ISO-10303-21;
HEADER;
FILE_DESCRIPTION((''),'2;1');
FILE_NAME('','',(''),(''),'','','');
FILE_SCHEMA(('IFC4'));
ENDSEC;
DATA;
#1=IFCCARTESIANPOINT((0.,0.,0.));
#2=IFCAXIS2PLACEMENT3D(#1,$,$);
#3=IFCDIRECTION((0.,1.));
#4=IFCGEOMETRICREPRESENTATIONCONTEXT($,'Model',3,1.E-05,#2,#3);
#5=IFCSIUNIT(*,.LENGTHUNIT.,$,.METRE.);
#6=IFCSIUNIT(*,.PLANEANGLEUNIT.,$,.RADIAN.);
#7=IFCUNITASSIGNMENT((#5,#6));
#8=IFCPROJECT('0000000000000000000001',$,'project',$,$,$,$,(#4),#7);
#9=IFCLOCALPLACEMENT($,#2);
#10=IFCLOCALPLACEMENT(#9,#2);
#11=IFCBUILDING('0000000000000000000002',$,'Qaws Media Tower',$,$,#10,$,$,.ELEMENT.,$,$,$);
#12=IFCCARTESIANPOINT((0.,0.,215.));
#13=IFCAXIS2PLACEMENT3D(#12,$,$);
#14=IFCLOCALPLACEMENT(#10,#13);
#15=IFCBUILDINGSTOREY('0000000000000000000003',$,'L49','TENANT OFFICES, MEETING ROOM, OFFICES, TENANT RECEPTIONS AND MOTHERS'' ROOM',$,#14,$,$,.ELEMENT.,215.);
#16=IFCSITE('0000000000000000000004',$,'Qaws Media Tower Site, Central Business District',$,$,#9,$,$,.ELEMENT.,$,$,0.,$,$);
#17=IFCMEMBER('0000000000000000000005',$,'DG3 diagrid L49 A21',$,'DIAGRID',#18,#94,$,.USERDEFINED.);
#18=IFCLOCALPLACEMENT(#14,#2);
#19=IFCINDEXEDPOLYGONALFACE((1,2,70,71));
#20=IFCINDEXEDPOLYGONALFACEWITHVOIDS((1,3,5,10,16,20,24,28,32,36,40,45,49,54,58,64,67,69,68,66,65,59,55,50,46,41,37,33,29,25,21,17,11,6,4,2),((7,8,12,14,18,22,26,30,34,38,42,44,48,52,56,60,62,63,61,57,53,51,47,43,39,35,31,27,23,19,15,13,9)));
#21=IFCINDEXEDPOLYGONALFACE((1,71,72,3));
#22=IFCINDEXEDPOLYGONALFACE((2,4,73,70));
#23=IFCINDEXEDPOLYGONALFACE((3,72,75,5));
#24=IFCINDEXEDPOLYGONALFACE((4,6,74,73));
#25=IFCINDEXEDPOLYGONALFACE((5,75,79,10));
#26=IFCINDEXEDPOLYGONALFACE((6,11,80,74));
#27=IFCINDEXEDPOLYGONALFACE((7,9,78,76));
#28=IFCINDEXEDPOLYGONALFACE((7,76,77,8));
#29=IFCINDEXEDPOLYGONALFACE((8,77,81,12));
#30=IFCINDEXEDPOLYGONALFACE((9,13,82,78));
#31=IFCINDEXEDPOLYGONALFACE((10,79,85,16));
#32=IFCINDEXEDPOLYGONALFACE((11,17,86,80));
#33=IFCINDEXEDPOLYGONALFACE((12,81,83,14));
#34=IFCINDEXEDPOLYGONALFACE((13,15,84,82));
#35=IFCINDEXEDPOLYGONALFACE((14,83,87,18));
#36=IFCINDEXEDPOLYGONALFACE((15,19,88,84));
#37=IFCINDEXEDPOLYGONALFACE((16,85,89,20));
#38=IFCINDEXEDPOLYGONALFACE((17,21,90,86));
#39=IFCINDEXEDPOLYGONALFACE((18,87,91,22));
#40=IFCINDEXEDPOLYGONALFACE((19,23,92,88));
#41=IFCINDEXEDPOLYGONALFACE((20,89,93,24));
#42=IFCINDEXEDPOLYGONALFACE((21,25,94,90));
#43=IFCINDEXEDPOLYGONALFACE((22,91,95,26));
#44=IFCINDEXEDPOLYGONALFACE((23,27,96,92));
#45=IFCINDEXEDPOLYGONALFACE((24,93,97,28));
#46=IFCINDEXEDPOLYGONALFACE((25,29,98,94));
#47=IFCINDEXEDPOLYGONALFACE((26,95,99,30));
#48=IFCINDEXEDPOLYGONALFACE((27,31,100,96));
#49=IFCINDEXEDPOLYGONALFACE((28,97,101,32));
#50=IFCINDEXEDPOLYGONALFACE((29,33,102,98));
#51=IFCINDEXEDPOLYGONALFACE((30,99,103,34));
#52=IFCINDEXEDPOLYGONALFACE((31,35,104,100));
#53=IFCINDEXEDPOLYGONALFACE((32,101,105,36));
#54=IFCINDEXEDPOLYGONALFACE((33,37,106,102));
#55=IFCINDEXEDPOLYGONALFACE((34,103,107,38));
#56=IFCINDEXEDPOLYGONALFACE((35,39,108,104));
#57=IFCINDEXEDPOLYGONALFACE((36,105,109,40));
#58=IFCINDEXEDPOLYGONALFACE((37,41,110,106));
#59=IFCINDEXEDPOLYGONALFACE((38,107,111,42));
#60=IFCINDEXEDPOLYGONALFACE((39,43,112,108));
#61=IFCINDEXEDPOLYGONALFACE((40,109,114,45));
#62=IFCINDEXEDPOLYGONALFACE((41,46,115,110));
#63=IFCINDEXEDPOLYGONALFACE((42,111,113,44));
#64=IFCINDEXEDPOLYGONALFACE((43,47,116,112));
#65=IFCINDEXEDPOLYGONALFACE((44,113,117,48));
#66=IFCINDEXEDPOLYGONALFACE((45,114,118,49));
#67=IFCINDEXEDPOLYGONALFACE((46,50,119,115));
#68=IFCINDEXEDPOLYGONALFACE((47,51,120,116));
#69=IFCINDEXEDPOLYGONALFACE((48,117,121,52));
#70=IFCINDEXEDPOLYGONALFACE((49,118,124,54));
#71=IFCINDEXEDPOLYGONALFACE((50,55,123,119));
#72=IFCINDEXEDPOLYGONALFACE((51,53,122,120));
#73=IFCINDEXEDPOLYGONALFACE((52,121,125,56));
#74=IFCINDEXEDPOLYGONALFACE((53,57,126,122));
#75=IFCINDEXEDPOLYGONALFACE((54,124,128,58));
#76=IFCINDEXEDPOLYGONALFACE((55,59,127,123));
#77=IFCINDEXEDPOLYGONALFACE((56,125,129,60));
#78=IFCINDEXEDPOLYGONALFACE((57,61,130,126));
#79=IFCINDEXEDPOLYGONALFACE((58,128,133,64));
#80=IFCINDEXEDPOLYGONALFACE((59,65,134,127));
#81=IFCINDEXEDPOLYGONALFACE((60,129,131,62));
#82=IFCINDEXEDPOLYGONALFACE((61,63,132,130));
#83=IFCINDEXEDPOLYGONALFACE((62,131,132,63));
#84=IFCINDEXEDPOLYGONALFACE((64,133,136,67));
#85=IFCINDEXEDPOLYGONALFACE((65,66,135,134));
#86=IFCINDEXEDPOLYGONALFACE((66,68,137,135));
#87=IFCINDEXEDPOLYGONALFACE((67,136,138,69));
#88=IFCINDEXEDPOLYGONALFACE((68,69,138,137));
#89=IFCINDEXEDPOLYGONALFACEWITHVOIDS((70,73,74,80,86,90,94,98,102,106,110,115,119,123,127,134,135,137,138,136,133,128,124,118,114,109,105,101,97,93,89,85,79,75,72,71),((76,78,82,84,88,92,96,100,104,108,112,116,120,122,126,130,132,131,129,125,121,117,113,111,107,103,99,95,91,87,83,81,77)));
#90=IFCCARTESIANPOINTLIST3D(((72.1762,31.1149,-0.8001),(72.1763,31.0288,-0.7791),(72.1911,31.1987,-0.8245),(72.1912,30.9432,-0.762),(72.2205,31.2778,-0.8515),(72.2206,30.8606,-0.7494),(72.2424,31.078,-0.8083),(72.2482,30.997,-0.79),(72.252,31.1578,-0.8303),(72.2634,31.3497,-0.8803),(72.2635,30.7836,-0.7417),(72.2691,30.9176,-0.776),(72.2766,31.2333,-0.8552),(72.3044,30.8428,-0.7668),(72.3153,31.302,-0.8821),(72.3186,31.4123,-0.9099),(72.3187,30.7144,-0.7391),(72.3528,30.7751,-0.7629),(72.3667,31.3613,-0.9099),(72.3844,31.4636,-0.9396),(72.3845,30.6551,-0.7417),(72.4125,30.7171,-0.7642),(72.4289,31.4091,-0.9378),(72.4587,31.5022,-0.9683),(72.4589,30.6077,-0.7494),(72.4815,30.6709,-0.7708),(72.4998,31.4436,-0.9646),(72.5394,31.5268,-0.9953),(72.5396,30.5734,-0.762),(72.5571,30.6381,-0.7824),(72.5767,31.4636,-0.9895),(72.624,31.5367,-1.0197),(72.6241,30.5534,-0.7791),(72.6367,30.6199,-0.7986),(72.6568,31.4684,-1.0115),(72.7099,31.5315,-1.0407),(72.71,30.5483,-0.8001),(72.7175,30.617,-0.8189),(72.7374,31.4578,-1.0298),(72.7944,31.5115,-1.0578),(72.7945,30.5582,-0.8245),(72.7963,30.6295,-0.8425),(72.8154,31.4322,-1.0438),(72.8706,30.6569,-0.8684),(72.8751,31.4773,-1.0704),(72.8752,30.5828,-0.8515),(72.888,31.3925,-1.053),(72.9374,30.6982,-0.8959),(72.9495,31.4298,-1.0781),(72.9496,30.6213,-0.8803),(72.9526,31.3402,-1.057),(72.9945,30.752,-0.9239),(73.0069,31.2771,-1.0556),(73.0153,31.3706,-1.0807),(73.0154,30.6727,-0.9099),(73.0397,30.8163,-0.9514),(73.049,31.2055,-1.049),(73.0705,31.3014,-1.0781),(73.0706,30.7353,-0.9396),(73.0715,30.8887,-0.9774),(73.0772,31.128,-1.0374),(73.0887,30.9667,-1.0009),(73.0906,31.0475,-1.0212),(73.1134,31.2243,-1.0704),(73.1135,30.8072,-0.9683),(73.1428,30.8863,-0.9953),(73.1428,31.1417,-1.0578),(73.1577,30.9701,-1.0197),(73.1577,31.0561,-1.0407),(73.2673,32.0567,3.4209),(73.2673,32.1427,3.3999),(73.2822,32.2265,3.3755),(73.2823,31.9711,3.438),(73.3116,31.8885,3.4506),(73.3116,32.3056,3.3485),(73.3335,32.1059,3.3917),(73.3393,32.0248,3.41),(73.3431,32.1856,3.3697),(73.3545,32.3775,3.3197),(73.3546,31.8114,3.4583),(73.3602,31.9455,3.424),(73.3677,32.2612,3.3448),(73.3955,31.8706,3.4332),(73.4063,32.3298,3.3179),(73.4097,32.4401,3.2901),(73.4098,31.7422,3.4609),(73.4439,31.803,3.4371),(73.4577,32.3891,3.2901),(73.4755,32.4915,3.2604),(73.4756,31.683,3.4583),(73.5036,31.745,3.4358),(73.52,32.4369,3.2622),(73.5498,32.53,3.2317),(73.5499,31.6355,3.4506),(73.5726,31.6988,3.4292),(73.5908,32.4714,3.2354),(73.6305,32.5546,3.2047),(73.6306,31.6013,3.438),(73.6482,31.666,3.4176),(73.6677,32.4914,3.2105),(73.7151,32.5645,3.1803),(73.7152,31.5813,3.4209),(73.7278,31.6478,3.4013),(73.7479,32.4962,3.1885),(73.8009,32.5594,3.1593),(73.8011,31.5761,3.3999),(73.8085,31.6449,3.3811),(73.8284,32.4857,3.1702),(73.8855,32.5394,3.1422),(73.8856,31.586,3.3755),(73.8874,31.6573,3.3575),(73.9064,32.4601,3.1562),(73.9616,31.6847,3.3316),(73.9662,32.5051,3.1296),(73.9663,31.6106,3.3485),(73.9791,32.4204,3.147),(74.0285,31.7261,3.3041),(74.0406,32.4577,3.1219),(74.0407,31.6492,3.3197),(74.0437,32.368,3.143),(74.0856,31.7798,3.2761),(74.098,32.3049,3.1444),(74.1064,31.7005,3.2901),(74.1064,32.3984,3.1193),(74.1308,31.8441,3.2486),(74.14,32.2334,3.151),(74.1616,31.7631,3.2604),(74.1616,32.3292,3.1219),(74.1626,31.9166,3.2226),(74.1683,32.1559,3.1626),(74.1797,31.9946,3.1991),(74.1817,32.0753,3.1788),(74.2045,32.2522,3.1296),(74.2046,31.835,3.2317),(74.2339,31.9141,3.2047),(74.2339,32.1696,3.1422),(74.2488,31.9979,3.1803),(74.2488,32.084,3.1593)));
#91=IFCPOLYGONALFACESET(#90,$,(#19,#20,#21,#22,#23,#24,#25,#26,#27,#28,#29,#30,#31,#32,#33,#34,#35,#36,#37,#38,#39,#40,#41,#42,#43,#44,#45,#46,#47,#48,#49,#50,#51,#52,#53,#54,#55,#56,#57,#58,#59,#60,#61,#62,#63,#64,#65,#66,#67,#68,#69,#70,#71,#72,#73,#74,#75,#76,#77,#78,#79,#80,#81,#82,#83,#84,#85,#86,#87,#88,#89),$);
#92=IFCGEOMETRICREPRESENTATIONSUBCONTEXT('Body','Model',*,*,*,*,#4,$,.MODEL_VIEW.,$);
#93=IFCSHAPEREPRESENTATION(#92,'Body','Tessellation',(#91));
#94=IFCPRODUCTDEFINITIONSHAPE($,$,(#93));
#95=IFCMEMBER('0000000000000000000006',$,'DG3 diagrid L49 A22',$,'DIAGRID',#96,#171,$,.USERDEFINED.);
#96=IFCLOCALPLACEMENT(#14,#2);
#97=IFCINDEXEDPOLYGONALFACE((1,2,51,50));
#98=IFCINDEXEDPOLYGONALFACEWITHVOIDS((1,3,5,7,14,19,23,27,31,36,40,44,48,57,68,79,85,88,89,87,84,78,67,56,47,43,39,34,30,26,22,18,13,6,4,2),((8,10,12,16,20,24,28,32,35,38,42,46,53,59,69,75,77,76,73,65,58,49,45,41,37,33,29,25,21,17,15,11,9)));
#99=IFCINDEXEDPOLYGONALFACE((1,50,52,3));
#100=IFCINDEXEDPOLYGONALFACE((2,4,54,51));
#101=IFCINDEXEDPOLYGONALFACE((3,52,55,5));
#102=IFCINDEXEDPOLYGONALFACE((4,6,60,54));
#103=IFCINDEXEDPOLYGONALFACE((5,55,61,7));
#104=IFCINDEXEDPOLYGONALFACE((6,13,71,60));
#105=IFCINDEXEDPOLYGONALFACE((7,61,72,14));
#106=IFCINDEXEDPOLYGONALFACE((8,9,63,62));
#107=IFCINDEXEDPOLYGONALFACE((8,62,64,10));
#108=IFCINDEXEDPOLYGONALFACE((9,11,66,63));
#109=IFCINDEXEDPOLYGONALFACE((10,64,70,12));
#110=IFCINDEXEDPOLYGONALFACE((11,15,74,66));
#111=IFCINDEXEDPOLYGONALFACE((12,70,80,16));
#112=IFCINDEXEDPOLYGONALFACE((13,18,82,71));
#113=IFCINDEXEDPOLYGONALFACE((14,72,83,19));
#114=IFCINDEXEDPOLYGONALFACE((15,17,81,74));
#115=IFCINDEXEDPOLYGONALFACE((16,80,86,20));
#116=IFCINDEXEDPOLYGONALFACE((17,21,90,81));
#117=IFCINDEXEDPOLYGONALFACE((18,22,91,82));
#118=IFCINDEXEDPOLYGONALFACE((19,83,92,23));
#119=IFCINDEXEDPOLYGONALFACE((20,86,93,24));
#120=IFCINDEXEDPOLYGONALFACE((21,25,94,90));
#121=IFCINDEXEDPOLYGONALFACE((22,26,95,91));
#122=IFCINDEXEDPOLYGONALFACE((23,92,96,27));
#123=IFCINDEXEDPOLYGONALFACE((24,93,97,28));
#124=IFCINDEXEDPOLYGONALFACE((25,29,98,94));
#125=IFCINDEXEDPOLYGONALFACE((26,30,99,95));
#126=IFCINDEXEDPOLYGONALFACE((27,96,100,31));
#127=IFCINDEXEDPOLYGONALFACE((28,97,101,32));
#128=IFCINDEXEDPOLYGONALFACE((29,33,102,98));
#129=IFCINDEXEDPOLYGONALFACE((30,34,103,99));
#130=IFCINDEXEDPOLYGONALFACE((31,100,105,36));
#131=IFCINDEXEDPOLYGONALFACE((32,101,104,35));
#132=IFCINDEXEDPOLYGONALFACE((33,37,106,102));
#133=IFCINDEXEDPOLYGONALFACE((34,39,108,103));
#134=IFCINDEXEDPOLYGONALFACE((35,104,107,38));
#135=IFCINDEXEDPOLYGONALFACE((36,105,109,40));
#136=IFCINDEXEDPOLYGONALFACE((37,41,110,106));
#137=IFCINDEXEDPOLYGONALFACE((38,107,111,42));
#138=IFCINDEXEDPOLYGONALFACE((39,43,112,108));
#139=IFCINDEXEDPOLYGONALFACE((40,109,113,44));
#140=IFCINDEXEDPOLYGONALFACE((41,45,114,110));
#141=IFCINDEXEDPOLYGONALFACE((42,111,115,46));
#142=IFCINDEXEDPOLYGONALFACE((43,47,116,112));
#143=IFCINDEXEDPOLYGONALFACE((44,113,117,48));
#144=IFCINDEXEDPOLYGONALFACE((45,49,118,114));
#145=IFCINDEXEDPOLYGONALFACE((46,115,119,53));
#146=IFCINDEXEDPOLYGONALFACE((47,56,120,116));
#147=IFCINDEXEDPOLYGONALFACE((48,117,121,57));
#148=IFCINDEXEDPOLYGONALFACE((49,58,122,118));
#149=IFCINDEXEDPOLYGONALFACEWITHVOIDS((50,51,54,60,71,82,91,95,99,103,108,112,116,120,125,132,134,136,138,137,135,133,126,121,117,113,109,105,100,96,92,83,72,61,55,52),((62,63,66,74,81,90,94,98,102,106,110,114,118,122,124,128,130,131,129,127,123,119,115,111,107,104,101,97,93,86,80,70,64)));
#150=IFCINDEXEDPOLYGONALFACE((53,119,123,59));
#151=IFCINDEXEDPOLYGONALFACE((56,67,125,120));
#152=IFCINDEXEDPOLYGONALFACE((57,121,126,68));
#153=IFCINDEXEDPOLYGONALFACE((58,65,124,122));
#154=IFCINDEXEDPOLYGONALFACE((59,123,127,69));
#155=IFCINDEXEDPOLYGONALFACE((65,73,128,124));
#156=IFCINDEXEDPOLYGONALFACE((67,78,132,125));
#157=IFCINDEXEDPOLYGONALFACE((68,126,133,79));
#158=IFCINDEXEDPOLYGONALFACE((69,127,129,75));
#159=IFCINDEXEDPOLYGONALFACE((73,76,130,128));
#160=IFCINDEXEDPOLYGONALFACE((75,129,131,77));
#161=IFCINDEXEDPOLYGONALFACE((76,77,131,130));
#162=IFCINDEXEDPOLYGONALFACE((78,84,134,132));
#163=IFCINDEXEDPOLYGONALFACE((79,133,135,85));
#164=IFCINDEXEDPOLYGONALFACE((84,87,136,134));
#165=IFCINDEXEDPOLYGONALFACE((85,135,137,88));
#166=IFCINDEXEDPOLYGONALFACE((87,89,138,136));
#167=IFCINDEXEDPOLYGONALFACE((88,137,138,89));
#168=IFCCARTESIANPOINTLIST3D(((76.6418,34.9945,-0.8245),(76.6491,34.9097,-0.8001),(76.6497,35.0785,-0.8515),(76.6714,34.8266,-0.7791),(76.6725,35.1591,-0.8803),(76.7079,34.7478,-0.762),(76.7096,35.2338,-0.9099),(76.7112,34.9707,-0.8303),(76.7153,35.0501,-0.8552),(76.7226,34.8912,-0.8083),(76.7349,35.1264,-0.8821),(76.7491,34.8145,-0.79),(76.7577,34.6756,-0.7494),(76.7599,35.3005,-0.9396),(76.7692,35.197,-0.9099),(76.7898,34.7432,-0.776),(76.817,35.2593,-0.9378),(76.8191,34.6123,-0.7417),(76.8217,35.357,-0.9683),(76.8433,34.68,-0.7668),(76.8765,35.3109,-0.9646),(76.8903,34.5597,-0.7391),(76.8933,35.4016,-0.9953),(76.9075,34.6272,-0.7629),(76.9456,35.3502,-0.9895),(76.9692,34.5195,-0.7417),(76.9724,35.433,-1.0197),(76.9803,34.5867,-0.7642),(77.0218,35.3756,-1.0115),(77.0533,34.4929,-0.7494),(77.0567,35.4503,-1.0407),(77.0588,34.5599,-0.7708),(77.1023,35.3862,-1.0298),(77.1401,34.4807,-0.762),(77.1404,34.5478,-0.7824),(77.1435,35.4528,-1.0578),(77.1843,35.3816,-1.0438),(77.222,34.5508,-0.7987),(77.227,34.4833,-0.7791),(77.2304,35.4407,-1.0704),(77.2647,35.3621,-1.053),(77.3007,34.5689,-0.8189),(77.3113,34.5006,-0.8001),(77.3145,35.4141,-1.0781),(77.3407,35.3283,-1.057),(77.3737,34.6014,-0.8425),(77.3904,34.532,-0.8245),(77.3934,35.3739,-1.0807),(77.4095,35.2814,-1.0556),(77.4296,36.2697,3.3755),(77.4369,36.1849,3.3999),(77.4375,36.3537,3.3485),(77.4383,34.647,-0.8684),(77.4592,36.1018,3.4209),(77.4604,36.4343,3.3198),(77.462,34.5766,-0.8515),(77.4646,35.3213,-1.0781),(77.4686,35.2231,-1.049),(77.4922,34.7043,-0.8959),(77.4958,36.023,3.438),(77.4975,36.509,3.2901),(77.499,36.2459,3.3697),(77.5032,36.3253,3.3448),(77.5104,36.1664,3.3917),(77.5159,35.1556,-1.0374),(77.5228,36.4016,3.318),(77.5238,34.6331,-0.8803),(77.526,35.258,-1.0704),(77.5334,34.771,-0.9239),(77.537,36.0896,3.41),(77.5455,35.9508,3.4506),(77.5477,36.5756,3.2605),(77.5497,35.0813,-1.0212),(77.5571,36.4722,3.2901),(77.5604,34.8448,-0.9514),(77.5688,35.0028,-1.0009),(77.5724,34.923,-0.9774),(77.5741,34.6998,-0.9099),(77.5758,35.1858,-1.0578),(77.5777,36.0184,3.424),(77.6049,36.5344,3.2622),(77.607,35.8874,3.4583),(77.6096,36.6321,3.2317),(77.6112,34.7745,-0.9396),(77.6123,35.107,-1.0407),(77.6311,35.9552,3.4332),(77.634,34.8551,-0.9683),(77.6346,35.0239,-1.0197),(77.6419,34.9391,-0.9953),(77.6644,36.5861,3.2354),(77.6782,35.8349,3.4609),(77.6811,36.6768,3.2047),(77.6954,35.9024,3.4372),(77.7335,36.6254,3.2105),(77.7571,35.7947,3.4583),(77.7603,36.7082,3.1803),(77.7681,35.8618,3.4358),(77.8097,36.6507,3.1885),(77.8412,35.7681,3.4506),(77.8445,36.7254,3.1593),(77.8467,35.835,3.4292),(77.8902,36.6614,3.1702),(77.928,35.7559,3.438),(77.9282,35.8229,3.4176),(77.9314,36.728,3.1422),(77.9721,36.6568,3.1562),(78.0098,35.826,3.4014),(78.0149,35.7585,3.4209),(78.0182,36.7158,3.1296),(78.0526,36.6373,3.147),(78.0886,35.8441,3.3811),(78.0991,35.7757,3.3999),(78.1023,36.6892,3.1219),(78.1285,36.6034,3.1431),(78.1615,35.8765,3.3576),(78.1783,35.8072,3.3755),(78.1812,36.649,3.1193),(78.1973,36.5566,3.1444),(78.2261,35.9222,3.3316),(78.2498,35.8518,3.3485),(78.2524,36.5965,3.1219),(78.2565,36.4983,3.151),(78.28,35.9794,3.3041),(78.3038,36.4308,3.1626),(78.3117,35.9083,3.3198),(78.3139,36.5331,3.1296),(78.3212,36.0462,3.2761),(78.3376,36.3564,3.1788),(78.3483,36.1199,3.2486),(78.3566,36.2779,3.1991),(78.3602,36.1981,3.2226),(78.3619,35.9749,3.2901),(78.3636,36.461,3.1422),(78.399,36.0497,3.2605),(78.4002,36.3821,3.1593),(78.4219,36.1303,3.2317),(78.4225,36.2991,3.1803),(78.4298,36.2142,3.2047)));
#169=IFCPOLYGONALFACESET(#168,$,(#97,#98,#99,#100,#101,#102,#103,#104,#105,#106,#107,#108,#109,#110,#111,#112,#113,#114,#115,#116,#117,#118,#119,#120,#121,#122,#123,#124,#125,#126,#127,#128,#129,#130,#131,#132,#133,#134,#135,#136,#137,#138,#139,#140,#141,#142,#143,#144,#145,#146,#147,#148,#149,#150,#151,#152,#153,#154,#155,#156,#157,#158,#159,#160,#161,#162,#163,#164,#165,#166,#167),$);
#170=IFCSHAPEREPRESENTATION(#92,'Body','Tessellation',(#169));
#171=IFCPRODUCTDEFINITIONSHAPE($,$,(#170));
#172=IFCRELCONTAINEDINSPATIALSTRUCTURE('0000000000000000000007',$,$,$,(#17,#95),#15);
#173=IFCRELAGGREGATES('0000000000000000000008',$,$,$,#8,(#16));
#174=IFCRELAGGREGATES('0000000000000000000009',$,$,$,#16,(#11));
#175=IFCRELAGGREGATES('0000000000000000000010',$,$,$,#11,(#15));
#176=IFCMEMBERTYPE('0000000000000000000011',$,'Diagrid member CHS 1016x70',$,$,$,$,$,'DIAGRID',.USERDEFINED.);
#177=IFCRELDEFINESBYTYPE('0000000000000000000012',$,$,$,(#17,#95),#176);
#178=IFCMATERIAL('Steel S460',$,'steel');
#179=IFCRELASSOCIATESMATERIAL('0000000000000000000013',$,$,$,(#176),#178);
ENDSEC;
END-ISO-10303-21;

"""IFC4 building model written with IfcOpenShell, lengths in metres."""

from ifc_helpers import new_model, si_unit, direction, frame, origin, origin_2d, place, context, subcontext, project, spatial, hollow_circle, extrude, material, material_profile, profile_set, type_object, element, save


model = new_model("IFC4")

# Units and contexts
model_context = context("Model", 3, precision=1e-05, world=origin(), true_north=direction((0.0, 1.0)))
body_context = subcontext(model_context, "Body", "Model", "MODEL_VIEW")
ifc_project = project(units=[si_unit("LENGTHUNIT", "METRE"), si_unit("PLANEANGLEUNIT", "RADIAN")], contexts=[model_context])

# Site, building, storey
site_placement = place(None, origin())
site = spatial("IfcSite", under=ifc_project, at=site_placement, Name="Qaws Media Tower Site, Central Business District", CompositionType="ELEMENT", RefElevation=0.0)
building_placement = place(site_placement, origin())
building = spatial("IfcBuilding", under=site, at=building_placement, Name="Qaws Media Tower", CompositionType="ELEMENT")
storey_placement = place(building_placement, frame((0.0, 0.0, 215.0)))
storey = spatial("IfcBuildingStorey", under=building, at=storey_placement, Name="L49", Description="TENANT OFFICES, MEETING ROOM, OFFICES, TENANT RECEPTIONS AND MOTHERS' ROOM", CompositionType="ELEMENT", Elevation=215.0)

# Members
ifc_material_1 = material(Name="Steel S460", Category="steel")
ifc_material_profile_1 = material_profile(ifc_material_1, hollow_circle(Radius=0.5081, WallThickness=0.0701, at=origin_2d()), Name="CHS 1016x70")
ifc_profile_set_1 = profile_set([ifc_material_profile_1], Name="Steel S460")
member_type_1 = type_object("IfcMemberType", Name="Diagrid member CHS 1016x70", ElementType="DIAGRID", PredefinedType="USERDEFINED", material=ifc_profile_set_1)
for number, where, z_axis, x_axis, name in (
    (1, (72.667, 31.0425, -0.9099), (0.244665, 0.230485, 0.941815), (-0.6857, 0.727884, 0.0), "DG3 diagrid L49 A21"),
    (2, (77.1418, 34.9668, -0.9099), (0.17667, 0.285946, 0.941819), (-0.850723, 0.525614, 0.0), "DG3 diagrid L49 A22"),
):
    element("IfcMember", number, at=place(storey_placement, frame(where, z_axis=z_axis, x_axis=x_axis)), inside=storey, type_object=member_type_1, Name=name, ObjectType="DIAGRID", PredefinedType="USERDEFINED", context=body_context, shape_type="SweptSolid", body=[
        extrude(hollow_circle(Radius=0.5081, WallThickness=0.0701, at=origin_2d()), origin(), (0.0, 0.0, 1.0), 4.4595),
    ])

save(model, "model.ifc")
